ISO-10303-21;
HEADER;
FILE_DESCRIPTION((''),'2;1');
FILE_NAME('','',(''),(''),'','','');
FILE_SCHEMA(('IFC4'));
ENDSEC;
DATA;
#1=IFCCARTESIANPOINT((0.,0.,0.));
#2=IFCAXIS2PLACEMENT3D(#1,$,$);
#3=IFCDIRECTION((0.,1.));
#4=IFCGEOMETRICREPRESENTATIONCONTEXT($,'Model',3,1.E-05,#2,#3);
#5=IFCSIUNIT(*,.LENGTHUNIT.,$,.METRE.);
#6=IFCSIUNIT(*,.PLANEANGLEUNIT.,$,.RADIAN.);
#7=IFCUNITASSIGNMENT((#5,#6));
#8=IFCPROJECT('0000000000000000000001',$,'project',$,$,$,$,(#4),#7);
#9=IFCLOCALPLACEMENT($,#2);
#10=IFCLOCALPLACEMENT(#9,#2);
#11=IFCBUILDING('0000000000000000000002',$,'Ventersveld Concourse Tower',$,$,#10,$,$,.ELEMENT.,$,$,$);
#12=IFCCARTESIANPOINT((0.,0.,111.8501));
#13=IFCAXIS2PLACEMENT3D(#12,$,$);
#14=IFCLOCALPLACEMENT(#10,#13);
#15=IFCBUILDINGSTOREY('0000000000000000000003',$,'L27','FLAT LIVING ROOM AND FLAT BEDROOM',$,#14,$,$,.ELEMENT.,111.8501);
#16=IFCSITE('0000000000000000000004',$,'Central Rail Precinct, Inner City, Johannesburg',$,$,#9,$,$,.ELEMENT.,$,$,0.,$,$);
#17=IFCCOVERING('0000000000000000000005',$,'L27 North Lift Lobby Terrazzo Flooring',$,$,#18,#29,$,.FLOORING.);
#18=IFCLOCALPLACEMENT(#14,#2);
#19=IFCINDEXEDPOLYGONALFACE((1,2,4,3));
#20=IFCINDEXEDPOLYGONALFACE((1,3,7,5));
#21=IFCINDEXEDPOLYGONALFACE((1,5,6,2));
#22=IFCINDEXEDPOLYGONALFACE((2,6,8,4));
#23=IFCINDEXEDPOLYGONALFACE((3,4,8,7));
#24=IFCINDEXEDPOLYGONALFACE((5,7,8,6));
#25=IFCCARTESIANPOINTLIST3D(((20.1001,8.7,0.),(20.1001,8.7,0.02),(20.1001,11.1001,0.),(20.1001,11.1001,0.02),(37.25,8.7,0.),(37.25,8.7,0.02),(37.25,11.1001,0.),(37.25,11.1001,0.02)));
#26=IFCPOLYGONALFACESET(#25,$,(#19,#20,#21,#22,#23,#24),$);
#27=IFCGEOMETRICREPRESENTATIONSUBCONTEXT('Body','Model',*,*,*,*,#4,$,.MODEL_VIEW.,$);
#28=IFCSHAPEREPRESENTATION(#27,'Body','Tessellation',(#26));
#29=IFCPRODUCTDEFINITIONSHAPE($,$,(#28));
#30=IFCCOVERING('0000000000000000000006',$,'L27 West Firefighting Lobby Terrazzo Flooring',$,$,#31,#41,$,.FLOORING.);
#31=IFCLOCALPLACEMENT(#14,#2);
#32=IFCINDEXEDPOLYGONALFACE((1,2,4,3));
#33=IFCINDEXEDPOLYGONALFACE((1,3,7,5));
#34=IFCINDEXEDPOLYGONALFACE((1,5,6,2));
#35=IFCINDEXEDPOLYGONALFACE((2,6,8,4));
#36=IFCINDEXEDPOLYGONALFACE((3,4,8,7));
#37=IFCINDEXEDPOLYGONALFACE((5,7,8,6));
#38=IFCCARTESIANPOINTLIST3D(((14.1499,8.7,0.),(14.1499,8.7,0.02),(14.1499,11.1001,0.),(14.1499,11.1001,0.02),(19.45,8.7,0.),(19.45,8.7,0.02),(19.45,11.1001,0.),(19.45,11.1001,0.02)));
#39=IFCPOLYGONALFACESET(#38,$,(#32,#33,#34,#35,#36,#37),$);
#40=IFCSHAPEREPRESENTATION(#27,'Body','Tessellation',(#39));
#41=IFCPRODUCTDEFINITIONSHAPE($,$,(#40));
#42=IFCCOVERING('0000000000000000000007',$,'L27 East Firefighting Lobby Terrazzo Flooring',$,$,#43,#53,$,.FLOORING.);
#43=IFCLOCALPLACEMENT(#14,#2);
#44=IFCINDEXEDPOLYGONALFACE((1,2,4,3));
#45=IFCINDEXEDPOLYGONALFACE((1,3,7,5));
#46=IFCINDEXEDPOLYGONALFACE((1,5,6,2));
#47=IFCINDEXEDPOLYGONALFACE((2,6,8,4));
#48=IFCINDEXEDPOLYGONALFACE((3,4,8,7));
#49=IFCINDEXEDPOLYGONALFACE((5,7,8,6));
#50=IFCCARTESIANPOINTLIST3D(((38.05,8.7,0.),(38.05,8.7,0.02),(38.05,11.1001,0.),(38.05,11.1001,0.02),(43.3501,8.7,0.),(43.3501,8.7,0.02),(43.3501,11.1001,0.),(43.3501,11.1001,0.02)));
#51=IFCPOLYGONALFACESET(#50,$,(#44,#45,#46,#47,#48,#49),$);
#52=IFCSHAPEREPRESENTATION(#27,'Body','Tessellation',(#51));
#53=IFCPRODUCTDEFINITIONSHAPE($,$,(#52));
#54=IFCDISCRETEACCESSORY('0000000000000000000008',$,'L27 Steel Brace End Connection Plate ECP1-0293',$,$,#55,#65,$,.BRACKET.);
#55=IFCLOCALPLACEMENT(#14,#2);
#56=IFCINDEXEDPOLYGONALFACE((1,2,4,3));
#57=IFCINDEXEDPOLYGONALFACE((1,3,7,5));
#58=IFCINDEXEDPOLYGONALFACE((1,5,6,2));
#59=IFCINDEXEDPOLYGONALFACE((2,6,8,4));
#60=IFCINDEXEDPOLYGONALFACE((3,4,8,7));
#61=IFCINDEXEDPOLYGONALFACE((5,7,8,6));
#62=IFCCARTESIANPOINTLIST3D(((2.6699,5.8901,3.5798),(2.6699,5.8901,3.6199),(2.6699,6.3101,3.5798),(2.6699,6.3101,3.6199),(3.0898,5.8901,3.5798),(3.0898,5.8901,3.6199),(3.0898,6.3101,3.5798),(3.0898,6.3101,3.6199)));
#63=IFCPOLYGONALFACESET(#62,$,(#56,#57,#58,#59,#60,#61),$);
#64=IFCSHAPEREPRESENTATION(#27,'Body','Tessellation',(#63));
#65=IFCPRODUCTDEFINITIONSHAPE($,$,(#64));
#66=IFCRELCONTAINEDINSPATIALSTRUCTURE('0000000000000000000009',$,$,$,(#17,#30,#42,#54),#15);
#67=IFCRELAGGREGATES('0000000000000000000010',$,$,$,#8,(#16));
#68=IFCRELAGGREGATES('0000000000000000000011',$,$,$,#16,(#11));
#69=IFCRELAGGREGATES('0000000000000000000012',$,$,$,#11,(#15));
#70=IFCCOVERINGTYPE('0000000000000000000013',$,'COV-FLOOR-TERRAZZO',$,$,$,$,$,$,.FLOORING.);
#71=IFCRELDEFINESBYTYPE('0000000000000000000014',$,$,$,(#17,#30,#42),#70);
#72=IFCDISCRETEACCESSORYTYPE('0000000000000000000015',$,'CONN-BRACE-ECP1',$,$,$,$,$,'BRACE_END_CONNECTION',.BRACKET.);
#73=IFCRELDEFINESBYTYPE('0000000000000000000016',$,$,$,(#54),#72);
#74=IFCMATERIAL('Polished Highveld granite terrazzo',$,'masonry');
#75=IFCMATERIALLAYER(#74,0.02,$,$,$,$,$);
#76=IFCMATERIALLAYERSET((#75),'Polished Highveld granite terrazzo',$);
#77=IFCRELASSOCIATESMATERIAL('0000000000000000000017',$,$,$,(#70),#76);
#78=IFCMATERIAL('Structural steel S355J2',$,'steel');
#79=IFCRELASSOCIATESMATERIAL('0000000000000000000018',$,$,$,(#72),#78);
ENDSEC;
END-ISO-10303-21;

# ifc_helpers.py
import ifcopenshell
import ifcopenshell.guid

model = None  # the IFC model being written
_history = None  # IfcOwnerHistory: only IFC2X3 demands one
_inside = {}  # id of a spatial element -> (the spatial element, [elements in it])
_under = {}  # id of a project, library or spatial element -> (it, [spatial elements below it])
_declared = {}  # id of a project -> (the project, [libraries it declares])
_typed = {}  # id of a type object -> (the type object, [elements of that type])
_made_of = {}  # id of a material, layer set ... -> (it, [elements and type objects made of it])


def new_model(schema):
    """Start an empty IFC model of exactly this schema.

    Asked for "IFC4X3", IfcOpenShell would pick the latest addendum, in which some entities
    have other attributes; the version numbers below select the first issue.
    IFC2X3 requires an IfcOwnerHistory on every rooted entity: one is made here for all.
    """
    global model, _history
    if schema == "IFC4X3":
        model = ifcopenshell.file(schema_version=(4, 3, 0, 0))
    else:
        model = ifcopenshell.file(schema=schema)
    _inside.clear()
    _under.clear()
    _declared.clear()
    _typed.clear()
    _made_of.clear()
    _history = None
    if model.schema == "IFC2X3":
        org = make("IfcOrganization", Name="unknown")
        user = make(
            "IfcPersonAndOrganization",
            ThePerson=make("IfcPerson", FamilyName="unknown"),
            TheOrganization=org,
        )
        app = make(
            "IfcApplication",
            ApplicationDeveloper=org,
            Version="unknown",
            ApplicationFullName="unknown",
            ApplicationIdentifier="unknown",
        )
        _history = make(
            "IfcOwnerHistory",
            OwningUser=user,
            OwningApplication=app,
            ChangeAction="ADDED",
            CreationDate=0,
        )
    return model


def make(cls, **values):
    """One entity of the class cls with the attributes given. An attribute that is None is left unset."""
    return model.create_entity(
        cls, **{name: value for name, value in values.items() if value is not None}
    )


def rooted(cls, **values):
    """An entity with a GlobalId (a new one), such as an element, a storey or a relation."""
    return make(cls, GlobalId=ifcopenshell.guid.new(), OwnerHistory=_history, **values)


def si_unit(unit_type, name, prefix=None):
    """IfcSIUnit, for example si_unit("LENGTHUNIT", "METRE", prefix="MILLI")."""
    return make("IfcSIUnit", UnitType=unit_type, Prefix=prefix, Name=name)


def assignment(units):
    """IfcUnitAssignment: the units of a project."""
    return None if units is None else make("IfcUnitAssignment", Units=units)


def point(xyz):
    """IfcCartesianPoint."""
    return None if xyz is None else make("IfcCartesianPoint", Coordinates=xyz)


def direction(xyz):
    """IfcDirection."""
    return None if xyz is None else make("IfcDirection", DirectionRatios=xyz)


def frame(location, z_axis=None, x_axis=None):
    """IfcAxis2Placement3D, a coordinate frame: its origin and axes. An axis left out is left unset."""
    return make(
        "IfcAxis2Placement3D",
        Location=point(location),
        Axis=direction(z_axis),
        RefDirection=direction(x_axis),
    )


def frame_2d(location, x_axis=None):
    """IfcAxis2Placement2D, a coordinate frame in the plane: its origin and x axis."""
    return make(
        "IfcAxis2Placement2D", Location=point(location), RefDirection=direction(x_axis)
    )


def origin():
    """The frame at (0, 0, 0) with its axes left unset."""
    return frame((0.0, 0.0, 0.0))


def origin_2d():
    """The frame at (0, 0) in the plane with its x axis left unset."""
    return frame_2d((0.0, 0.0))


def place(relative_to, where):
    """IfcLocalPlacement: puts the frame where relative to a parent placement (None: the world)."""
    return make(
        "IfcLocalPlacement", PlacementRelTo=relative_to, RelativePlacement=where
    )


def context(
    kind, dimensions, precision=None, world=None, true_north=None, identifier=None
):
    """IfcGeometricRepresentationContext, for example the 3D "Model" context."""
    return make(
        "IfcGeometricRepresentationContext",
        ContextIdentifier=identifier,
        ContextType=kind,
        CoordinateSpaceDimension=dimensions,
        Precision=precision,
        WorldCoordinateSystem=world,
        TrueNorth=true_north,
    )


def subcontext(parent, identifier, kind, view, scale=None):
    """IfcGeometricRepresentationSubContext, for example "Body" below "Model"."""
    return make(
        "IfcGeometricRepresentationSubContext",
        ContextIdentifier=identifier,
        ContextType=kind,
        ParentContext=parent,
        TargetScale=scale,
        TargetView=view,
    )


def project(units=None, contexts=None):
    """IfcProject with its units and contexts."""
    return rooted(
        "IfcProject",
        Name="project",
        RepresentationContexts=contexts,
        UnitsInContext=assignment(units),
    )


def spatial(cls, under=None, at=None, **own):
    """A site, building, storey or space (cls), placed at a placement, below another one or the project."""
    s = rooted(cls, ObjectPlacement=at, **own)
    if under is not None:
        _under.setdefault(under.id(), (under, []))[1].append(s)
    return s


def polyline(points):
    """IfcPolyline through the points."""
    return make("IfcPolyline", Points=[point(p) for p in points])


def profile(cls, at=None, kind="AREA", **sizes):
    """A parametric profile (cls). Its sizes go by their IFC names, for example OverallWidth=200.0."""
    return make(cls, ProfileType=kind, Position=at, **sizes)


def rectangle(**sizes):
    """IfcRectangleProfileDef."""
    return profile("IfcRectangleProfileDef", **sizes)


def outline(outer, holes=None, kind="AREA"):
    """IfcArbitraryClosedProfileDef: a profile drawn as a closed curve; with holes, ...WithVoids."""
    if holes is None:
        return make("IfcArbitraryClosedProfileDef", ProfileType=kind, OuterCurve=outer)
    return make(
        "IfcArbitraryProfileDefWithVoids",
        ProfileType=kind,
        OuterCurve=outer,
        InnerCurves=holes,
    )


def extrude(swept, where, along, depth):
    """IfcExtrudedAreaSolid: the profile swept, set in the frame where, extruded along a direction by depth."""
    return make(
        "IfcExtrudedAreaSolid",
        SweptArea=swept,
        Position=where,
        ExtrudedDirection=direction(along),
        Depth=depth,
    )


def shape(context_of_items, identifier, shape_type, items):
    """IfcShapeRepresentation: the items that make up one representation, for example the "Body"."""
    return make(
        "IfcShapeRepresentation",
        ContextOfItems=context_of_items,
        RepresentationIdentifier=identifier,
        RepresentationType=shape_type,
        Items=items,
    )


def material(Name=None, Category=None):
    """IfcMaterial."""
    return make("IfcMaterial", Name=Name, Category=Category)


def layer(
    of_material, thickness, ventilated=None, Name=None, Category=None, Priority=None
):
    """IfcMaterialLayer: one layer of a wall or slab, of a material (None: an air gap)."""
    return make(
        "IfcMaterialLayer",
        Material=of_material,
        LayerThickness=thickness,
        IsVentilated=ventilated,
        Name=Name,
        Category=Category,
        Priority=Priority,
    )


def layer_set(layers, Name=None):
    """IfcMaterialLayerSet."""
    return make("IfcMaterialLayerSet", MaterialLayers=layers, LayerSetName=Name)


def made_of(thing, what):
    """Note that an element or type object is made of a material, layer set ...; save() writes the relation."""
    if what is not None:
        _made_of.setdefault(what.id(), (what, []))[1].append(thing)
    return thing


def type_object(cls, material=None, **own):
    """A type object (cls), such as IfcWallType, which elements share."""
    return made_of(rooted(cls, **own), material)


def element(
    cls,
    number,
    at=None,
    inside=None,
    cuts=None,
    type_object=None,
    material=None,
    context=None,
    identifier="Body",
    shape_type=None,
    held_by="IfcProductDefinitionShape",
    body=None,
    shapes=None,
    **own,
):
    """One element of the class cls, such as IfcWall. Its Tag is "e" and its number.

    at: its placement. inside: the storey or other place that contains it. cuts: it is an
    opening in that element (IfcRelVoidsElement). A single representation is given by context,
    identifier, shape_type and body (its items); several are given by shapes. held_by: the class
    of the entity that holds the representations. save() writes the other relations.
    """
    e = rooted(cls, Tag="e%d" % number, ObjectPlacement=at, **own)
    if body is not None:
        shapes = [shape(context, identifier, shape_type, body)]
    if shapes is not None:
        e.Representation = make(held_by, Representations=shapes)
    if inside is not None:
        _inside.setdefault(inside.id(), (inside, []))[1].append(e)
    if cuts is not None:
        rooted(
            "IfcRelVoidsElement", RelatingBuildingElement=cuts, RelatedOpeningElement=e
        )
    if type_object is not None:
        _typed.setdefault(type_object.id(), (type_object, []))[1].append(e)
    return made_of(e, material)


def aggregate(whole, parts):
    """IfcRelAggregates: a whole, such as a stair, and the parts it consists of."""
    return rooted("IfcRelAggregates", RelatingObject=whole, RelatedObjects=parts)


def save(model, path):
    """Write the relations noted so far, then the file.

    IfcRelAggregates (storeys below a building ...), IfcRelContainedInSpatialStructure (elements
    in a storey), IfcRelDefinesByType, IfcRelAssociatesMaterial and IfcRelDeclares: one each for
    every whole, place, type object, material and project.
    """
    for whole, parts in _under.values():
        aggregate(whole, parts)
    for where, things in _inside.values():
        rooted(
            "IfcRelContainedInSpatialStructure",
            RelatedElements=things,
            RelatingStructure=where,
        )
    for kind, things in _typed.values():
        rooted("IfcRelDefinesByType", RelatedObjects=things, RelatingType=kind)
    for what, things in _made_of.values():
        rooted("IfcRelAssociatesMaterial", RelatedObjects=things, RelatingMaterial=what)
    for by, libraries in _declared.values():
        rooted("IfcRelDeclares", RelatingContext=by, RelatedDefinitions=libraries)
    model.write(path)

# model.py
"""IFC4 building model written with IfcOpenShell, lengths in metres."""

from ifc_helpers import new_model, si_unit, direction, frame, origin, origin_2d, place, context, subcontext, project, spatial, polyline, rectangle, outline, extrude, material, layer, layer_set, type_object, element, save


model = new_model("IFC4")

# Units and contexts
model_context = context("Model", 3, precision=1e-05, world=origin(), true_north=direction((0.0, 1.0)))
body_context = subcontext(model_context, "Body", "Model", "MODEL_VIEW")
ifc_project = project(units=[si_unit("LENGTHUNIT", "METRE"), si_unit("PLANEANGLEUNIT", "RADIAN")], contexts=[model_context])

# Site, building, storey
site_placement = place(None, origin())
site = spatial("IfcSite", under=ifc_project, at=site_placement, Name="Central Rail Precinct, Inner City, Johannesburg", CompositionType="ELEMENT", RefElevation=0.0)
building_placement = place(site_placement, origin())
building = spatial("IfcBuilding", under=site, at=building_placement, Name="Ventersveld Concourse Tower", CompositionType="ELEMENT")
storey_placement = place(building_placement, frame((0.0, 0.0, 111.8501)))
storey = spatial("IfcBuildingStorey", under=building, at=storey_placement, Name="L27", Description="FLAT LIVING ROOM AND FLAT BEDROOM", CompositionType="ELEMENT", Elevation=111.8501)

# Coverings
ifc_material_1 = material(Name="Polished Highveld granite terrazzo", Category="masonry")
ifc_layer_1 = layer(ifc_material_1, 0.02)
ifc_layer_set_1 = layer_set([ifc_layer_1], Name="Polished Highveld granite terrazzo")
covering_type_1 = type_object("IfcCoveringType", Name="COV-FLOOR-TERRAZZO", PredefinedType="FLOORING", material=ifc_layer_set_1)
covering_1_placement = place(storey_placement, origin())
element("IfcCovering", 1, at=covering_1_placement, inside=storey, type_object=covering_type_1, Name="L27 North Lift Lobby Terrazzo Flooring", PredefinedType="FLOORING", context=body_context, shape_type="SweptSolid", body=[
    extrude(outline(polyline([(20.1001, 8.7), (37.25, 8.7), (37.25, 11.1001), (20.1001, 11.1001), (20.1001, 8.7)])), origin(), (0.0, 0.0, 1.0), 0.02),
])
covering_2_placement = place(storey_placement, origin())
element("IfcCovering", 2, at=covering_2_placement, inside=storey, type_object=covering_type_1, Name="L27 West Firefighting Lobby Terrazzo Flooring", PredefinedType="FLOORING", context=body_context, shape_type="SweptSolid", body=[
    extrude(outline(polyline([(14.1499, 8.7), (19.45, 8.7), (19.45, 11.1001), (14.1499, 11.1001), (14.1499, 8.7)])), origin(), (0.0, 0.0, 1.0), 0.02),
])
covering_3_placement = place(storey_placement, origin())
element("IfcCovering", 3, at=covering_3_placement, inside=storey, type_object=covering_type_1, Name="L27 East Firefighting Lobby Terrazzo Flooring", PredefinedType="FLOORING", context=body_context, shape_type="SweptSolid", body=[
    extrude(outline(polyline([(38.05, 8.7), (43.3501, 8.7), (43.3501, 11.1001), (38.05, 11.1001), (38.05, 8.7)])), origin(), (0.0, 0.0, 1.0), 0.02),
])

# Discrete accessory
ifc_material_2 = material(Name="Structural steel S355J2", Category="steel")
discrete_accessory_type = type_object("IfcDiscreteAccessoryType", Name="CONN-BRACE-ECP1", ElementType="BRACE_END_CONNECTION", PredefinedType="BRACKET", material=ifc_material_2)
discrete_accessory_placement = place(storey_placement, frame((2.8799, 6.1001, 3.5798), z_axis=(0.0, 0.0, 1.0), x_axis=(1.0, 0.0, 0.0)))
element("IfcDiscreteAccessory", 4, at=discrete_accessory_placement, inside=storey, type_object=discrete_accessory_type, Name="L27 Steel Brace End Connection Plate ECP1-0293", PredefinedType="BRACKET", context=body_context, shape_type="SweptSolid", body=[
    extrude(rectangle(XDim=0.4199, YDim=0.4199, at=origin_2d()), origin(), (0.0, 0.0, 1.0), 0.04),
])

save(model, "model.ifc")
